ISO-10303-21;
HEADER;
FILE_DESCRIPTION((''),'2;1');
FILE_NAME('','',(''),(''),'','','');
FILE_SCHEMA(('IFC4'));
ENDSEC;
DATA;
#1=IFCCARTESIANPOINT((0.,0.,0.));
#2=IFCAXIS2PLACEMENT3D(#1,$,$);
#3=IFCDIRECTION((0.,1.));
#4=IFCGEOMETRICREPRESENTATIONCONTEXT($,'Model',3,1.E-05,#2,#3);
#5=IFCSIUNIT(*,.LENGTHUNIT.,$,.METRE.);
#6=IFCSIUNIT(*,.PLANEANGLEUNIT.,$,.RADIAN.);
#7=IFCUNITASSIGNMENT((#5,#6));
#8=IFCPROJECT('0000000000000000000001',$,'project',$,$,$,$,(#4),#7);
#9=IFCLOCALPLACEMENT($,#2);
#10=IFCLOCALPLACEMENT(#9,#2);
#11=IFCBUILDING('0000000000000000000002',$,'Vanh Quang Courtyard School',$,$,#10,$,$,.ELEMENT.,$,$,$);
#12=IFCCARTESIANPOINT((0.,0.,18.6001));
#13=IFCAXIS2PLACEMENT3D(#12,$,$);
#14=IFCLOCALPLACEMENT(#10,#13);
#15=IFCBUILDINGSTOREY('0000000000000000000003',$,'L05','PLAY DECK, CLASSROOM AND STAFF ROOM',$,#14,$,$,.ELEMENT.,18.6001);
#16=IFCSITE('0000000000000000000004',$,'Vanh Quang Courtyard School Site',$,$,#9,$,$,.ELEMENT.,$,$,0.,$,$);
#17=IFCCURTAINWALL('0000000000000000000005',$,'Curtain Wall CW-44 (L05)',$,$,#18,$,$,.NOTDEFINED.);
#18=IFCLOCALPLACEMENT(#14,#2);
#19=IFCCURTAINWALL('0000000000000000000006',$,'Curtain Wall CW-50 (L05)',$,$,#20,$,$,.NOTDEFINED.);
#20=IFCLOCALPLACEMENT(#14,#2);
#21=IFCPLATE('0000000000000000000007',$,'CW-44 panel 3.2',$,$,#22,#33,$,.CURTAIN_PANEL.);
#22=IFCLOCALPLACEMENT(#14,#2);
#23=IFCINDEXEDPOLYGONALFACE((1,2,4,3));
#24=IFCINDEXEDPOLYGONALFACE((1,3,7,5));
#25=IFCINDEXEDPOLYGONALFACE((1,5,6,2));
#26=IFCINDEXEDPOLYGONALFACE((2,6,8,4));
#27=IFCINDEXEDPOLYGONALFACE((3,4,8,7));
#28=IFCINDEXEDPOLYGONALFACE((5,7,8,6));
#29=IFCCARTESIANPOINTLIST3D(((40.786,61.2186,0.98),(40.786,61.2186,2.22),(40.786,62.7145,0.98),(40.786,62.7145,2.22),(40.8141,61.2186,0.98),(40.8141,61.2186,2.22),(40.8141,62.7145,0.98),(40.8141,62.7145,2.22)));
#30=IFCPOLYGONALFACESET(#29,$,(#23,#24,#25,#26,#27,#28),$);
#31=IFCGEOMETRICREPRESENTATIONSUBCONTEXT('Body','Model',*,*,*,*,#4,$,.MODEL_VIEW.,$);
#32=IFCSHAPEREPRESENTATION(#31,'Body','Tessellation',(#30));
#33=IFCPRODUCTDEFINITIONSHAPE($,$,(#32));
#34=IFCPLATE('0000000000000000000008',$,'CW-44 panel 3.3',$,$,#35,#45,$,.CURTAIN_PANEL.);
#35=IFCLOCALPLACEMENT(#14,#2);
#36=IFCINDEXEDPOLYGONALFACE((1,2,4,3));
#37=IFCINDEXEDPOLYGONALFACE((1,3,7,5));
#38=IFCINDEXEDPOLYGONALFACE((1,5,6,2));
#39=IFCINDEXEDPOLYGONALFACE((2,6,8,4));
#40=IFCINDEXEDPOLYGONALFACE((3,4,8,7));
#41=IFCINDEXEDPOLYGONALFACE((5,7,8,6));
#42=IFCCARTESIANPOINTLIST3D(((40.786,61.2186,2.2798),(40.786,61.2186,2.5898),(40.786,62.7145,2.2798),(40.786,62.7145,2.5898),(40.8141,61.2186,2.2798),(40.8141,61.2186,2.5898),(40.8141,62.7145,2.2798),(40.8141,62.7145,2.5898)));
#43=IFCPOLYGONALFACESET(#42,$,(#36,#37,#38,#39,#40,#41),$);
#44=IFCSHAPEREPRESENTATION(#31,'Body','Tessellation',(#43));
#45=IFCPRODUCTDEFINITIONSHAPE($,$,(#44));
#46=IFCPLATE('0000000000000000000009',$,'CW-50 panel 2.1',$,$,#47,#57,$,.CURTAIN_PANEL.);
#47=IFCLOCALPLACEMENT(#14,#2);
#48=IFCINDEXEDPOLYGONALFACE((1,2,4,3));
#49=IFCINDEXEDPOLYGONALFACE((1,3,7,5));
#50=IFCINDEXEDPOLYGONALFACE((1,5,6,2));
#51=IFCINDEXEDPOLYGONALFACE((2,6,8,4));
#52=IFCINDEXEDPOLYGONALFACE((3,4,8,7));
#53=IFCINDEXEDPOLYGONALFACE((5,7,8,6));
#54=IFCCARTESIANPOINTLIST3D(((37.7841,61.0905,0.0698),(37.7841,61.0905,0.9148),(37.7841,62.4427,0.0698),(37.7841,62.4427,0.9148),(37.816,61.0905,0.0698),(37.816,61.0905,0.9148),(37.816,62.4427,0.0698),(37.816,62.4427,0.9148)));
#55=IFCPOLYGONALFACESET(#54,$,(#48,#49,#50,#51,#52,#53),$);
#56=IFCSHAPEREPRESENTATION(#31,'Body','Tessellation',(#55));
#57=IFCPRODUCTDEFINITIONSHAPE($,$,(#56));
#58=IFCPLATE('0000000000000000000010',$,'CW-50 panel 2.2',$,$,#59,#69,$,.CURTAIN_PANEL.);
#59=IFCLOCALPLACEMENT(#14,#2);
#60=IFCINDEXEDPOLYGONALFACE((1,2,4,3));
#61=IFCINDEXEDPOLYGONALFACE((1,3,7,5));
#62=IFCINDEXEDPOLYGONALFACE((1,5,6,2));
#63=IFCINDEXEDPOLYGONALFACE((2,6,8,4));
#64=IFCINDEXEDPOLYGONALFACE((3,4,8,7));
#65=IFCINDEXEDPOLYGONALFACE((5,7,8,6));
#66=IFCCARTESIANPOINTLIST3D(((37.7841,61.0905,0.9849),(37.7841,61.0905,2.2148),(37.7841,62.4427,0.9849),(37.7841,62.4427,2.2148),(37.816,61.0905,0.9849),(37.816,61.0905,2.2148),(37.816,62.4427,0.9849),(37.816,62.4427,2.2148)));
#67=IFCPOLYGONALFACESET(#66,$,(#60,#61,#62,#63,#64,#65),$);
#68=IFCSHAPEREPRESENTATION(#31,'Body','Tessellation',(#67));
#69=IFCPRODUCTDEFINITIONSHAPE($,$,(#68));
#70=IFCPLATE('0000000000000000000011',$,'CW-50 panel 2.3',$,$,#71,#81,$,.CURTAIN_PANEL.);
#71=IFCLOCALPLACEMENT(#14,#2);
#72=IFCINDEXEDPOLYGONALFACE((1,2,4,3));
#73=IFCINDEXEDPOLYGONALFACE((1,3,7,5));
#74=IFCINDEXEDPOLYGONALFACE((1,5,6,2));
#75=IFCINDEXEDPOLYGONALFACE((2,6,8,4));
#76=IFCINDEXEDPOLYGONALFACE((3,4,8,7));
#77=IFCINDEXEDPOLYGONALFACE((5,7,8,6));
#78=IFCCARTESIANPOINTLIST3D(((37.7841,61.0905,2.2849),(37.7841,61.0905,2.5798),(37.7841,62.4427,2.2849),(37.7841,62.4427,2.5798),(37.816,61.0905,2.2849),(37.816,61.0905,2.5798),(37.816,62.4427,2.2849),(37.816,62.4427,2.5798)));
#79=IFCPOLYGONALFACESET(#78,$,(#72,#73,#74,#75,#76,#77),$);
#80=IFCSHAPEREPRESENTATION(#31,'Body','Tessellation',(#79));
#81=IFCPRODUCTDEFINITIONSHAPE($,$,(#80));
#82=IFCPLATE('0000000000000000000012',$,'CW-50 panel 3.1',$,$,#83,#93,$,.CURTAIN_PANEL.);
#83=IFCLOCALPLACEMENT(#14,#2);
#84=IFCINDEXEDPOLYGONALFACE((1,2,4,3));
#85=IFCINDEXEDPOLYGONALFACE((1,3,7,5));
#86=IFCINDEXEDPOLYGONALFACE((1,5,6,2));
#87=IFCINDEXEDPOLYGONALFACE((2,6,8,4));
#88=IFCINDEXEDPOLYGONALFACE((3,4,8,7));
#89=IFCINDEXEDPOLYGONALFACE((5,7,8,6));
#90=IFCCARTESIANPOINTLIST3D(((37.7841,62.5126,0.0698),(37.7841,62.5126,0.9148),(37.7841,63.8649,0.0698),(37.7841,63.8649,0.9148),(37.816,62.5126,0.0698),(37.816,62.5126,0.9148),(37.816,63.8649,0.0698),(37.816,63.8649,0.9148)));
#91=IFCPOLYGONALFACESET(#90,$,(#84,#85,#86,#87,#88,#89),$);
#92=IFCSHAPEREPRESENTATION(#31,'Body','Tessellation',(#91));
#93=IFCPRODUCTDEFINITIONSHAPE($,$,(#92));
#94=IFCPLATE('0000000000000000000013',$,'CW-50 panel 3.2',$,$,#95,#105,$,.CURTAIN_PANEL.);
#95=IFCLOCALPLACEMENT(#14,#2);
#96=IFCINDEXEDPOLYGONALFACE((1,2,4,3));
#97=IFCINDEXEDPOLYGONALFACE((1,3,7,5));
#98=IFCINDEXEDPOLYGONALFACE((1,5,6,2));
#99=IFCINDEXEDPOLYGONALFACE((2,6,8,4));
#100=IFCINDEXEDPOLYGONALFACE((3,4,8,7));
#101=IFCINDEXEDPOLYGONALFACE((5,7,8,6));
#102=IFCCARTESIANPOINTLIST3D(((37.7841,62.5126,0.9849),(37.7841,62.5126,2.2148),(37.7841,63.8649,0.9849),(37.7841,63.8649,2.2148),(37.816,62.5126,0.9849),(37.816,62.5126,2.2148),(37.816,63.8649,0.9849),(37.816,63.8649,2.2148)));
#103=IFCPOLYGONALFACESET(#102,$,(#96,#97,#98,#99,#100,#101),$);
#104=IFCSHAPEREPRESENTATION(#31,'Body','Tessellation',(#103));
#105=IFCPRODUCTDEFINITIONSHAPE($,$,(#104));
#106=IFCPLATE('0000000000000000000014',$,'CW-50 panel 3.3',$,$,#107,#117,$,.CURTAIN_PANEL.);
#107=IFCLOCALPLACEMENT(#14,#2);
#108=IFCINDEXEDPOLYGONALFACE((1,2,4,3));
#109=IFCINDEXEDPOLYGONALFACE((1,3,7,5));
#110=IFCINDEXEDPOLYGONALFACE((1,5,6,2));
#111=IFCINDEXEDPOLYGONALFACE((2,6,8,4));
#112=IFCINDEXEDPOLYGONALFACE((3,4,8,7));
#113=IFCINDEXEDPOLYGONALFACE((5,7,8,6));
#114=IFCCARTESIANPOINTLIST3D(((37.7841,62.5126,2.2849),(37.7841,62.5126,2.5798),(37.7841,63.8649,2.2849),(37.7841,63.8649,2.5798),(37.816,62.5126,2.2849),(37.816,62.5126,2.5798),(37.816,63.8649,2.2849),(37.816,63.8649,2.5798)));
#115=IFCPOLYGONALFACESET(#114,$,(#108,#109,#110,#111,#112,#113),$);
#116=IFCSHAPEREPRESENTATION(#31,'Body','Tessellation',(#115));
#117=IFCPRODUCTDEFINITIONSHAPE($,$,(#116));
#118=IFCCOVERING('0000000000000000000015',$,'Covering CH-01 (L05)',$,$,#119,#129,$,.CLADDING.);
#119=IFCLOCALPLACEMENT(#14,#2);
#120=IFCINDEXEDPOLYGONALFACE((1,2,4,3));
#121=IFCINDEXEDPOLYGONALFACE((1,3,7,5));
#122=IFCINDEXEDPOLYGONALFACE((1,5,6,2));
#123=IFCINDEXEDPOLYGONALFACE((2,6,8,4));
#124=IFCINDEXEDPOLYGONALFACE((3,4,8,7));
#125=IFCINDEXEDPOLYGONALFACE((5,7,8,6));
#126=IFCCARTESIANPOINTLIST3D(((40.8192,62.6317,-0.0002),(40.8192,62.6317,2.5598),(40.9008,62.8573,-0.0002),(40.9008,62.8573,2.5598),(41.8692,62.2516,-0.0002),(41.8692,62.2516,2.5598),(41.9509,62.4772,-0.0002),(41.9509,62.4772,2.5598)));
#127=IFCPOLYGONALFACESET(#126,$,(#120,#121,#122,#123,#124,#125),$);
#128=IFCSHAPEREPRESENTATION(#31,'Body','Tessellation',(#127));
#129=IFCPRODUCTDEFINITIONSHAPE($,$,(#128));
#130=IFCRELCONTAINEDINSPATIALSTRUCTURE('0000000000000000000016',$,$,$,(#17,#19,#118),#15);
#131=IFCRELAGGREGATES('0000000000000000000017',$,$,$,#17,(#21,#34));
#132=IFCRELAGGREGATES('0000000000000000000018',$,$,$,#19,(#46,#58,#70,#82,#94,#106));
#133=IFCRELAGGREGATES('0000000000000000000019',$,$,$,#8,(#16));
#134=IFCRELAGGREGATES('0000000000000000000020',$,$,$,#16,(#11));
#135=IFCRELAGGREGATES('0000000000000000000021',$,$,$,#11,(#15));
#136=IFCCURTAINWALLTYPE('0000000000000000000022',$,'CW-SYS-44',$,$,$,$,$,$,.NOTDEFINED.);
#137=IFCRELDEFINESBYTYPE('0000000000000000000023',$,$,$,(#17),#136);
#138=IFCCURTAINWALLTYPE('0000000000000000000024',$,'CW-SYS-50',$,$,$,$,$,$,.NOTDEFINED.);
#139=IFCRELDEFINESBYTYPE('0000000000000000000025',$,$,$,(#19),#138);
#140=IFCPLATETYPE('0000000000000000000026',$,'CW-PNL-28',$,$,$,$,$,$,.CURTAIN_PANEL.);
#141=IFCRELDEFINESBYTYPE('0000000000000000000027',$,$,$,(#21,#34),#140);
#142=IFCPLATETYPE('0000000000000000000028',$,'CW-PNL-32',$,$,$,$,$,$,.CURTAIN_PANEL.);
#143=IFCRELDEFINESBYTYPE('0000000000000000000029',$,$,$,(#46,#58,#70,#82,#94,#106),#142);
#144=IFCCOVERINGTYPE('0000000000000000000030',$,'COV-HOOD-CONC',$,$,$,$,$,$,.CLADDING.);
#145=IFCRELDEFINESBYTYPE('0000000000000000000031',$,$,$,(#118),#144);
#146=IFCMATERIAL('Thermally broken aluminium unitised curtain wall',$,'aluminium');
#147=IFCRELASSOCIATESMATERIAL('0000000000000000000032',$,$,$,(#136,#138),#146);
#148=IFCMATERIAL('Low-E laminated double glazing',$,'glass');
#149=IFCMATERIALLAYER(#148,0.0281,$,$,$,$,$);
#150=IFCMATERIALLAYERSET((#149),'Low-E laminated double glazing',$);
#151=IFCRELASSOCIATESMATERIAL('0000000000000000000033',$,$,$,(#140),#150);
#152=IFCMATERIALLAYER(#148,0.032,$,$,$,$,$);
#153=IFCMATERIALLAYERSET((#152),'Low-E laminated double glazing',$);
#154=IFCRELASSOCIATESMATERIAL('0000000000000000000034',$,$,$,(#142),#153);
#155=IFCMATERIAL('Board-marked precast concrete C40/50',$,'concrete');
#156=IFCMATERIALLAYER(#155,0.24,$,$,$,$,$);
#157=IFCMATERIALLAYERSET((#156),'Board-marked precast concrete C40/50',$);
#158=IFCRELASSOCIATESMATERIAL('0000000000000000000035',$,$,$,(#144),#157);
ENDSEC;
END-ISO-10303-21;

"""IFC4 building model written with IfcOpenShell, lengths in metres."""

from ifc_helpers import new_model, si_unit, direction, frame, origin, origin_2d, place, context, subcontext, project, spatial, rectangle, extrude, material, layer, layer_set, type_object, element, aggregate, save


model = new_model("IFC4")

# Units and contexts
model_context = context("Model", 3, precision=1e-05, world=origin(), true_north=direction((0.0, 1.0)))
body_context = subcontext(model_context, "Body", "Model", "MODEL_VIEW")
ifc_project = project(units=[si_unit("LENGTHUNIT", "METRE"), si_unit("PLANEANGLEUNIT", "RADIAN")], contexts=[model_context])

# Site, building, storey
site_placement = place(None, origin())
site = spatial("IfcSite", under=ifc_project, at=site_placement, Name="Vanh Quang Courtyard School Site", CompositionType="ELEMENT", RefElevation=0.0)
building_placement = place(site_placement, origin())
building = spatial("IfcBuilding", under=site, at=building_placement, Name="Vanh Quang Courtyard School", CompositionType="ELEMENT")
storey_placement = place(building_placement, frame((0.0, 0.0, 18.6001)))
storey = spatial("IfcBuildingStorey", under=building, at=storey_placement, Name="L05", Description="PLAY DECK, CLASSROOM AND STAFF ROOM", CompositionType="ELEMENT", Elevation=18.6001)

# Curtain walls
ifc_material_1 = material(Name="Thermally broken aluminium unitised curtain wall", Category="aluminium")
curtain_wall_type_1 = type_object("IfcCurtainWallType", Name="CW-SYS-44", PredefinedType="NOTDEFINED", material=ifc_material_1)
curtain_wall_1_placement = place(storey_placement, origin())
curtain_wall_1 = element("IfcCurtainWall", 1, at=curtain_wall_1_placement, inside=storey, type_object=curtain_wall_type_1, Name="Curtain Wall CW-44 (L05)", PredefinedType="NOTDEFINED")
curtain_wall_type_2 = type_object("IfcCurtainWallType", Name="CW-SYS-50", PredefinedType="NOTDEFINED", material=ifc_material_1)
curtain_wall_2_placement = place(storey_placement, origin())
curtain_wall_2 = element("IfcCurtainWall", 2, at=curtain_wall_2_placement, inside=storey, type_object=curtain_wall_type_2, Name="Curtain Wall CW-50 (L05)", PredefinedType="NOTDEFINED")

# Plates
ifc_material_2 = material(Name="Low-E laminated double glazing", Category="glass")
ifc_layer_1 = layer(ifc_material_2, 0.0281)
ifc_layer_set_1 = layer_set([ifc_layer_1], Name="Low-E laminated double glazing")
plate_type_1 = type_object("IfcPlateType", Name="CW-PNL-28", PredefinedType="CURTAIN_PANEL", material=ifc_layer_set_1)
plate_1_placement = place(storey_placement, frame((40.8, 61.9666, 0.98), z_axis=(0.0, 0.0, 1.0), x_axis=(0.0, -1.0, 0.0)))
plate_1 = element("IfcPlate", 3, at=plate_1_placement, type_object=plate_type_1, Name="CW-44 panel 3.2", PredefinedType="CURTAIN_PANEL", context=body_context, shape_type="SweptSolid", body=[
    extrude(rectangle(XDim=1.4958, YDim=0.0281, at=origin_2d()), origin(), (0.0, 0.0, 1.0), 1.24),
])
plate_2_placement = place(storey_placement, frame((40.8, 61.9666, 2.2798), z_axis=(0.0, 0.0, 1.0), x_axis=(0.0, -1.0, 0.0)))
plate_2 = element("IfcPlate", 4, at=plate_2_placement, type_object=plate_type_1, Name="CW-44 panel 3.3", PredefinedType="CURTAIN_PANEL", context=body_context, shape_type="SweptSolid", body=[
    extrude(rectangle(XDim=1.4958, YDim=0.0281, at=origin_2d()), origin(), (0.0, 0.0, 1.0), 0.3101),
])
aggregate(curtain_wall_1, [plate_1, plate_2])
ifc_layer_2 = layer(ifc_material_2, 0.032)
ifc_layer_set_2 = layer_set([ifc_layer_2], Name="Low-E laminated double glazing")
plate_type_2 = type_object("IfcPlateType", Name="CW-PNL-32", PredefinedType="CURTAIN_PANEL", material=ifc_layer_set_2)
plate_3_placement = place(storey_placement, frame((37.8, 61.7666, 0.0698), z_axis=(0.0, 0.0, 1.0), x_axis=(0.0, 1.0, 0.0)))
plate_3 = element("IfcPlate", 5, at=plate_3_placement, type_object=plate_type_2, Name="CW-50 panel 2.1", PredefinedType="CURTAIN_PANEL", context=body_context, shape_type="SweptSolid", body=[
    extrude(rectangle(XDim=1.3523, YDim=0.032, at=origin_2d()), origin(), (0.0, 0.0, 1.0), 0.845),
])
plate_4_placement = place(storey_placement, frame((37.8, 61.7666, 0.9849), z_axis=(0.0, 0.0, 1.0), x_axis=(0.0, 1.0, 0.0)))
plate_4 = element("IfcPlate", 6, at=plate_4_placement, type_object=plate_type_2, Name="CW-50 panel 2.2", PredefinedType="CURTAIN_PANEL", context=body_context, shape_type="SweptSolid", body=[
    extrude(rectangle(XDim=1.3523, YDim=0.032, at=origin_2d()), origin(), (0.0, 0.0, 1.0), 1.23),
])
plate_5_placement = place(storey_placement, frame((37.8, 61.7666, 2.2849), z_axis=(0.0, 0.0, 1.0), x_axis=(0.0, 1.0, 0.0)))
plate_5 = element("IfcPlate", 7, at=plate_5_placement, type_object=plate_type_2, Name="CW-50 panel 2.3", PredefinedType="CURTAIN_PANEL", context=body_context, shape_type="SweptSolid", body=[
    extrude(rectangle(XDim=1.3523, YDim=0.032, at=origin_2d()), origin(), (0.0, 0.0, 1.0), 0.2949),
])
plate_6_placement = place(storey_placement, frame((37.8, 63.1887, 0.0698), z_axis=(0.0, 0.0, 1.0), x_axis=(0.0, 1.0, 0.0)))
plate_6 = element("IfcPlate", 8, at=plate_6_placement, type_object=plate_type_2, Name="CW-50 panel 3.1", PredefinedType="CURTAIN_PANEL", context=body_context, shape_type="SweptSolid", body=[
    extrude(rectangle(XDim=1.3523, YDim=0.032, at=origin_2d()), origin(), (0.0, 0.0, 1.0), 0.845),
])
plate_7_placement = place(storey_placement, frame((37.8, 63.1887, 0.9849), z_axis=(0.0, 0.0, 1.0), x_axis=(0.0, 1.0, 0.0)))
plate_7 = element("IfcPlate", 9, at=plate_7_placement, type_object=plate_type_2, Name="CW-50 panel 3.2", PredefinedType="CURTAIN_PANEL", context=body_context, shape_type="SweptSolid", body=[
    extrude(rectangle(XDim=1.3523, YDim=0.032, at=origin_2d()), origin(), (0.0, 0.0, 1.0), 1.23),
])
plate_8_placement = place(storey_placement, frame((37.8, 63.1887, 2.2849), z_axis=(0.0, 0.0, 1.0), x_axis=(0.0, 1.0, 0.0)))
plate_8 = element("IfcPlate", 10, at=plate_8_placement, type_object=plate_type_2, Name="CW-50 panel 3.3", PredefinedType="CURTAIN_PANEL", context=body_context, shape_type="SweptSolid", body=[
    extrude(rectangle(XDim=1.3523, YDim=0.032, at=origin_2d()), origin(), (0.0, 0.0, 1.0), 0.2949),
])
aggregate(curtain_wall_2, [plate_3, plate_4, plate_5, plate_6, plate_7, plate_8])

# Covering
ifc_material_3 = material(Name="Board-marked precast concrete C40/50", Category="concrete")
ifc_layer_3 = layer(ifc_material_3, 0.24)
ifc_layer_set_3 = layer_set([ifc_layer_3], Name="Board-marked precast concrete C40/50")
covering_type = type_object("IfcCoveringType", Name="COV-HOOD-CONC", PredefinedType="CLADDING", material=ifc_layer_set_3)
covering_placement = place(storey_placement, frame((41.385, 62.5544, -0.0002), z_axis=(0.0, 0.0, 1.0), x_axis=(0.940288, -0.34038, 0.0)))
element("IfcCovering", 11, at=covering_placement, inside=storey, type_object=covering_type, Name="Covering CH-01 (L05)", PredefinedType="CLADDING", context=body_context, shape_type="SweptSolid", body=[
    extrude(rectangle(XDim=1.1167, YDim=0.24, at=origin_2d()), origin(), (0.0, 0.0, 1.0), 2.5601),
])

save(model, "model.ifc")
